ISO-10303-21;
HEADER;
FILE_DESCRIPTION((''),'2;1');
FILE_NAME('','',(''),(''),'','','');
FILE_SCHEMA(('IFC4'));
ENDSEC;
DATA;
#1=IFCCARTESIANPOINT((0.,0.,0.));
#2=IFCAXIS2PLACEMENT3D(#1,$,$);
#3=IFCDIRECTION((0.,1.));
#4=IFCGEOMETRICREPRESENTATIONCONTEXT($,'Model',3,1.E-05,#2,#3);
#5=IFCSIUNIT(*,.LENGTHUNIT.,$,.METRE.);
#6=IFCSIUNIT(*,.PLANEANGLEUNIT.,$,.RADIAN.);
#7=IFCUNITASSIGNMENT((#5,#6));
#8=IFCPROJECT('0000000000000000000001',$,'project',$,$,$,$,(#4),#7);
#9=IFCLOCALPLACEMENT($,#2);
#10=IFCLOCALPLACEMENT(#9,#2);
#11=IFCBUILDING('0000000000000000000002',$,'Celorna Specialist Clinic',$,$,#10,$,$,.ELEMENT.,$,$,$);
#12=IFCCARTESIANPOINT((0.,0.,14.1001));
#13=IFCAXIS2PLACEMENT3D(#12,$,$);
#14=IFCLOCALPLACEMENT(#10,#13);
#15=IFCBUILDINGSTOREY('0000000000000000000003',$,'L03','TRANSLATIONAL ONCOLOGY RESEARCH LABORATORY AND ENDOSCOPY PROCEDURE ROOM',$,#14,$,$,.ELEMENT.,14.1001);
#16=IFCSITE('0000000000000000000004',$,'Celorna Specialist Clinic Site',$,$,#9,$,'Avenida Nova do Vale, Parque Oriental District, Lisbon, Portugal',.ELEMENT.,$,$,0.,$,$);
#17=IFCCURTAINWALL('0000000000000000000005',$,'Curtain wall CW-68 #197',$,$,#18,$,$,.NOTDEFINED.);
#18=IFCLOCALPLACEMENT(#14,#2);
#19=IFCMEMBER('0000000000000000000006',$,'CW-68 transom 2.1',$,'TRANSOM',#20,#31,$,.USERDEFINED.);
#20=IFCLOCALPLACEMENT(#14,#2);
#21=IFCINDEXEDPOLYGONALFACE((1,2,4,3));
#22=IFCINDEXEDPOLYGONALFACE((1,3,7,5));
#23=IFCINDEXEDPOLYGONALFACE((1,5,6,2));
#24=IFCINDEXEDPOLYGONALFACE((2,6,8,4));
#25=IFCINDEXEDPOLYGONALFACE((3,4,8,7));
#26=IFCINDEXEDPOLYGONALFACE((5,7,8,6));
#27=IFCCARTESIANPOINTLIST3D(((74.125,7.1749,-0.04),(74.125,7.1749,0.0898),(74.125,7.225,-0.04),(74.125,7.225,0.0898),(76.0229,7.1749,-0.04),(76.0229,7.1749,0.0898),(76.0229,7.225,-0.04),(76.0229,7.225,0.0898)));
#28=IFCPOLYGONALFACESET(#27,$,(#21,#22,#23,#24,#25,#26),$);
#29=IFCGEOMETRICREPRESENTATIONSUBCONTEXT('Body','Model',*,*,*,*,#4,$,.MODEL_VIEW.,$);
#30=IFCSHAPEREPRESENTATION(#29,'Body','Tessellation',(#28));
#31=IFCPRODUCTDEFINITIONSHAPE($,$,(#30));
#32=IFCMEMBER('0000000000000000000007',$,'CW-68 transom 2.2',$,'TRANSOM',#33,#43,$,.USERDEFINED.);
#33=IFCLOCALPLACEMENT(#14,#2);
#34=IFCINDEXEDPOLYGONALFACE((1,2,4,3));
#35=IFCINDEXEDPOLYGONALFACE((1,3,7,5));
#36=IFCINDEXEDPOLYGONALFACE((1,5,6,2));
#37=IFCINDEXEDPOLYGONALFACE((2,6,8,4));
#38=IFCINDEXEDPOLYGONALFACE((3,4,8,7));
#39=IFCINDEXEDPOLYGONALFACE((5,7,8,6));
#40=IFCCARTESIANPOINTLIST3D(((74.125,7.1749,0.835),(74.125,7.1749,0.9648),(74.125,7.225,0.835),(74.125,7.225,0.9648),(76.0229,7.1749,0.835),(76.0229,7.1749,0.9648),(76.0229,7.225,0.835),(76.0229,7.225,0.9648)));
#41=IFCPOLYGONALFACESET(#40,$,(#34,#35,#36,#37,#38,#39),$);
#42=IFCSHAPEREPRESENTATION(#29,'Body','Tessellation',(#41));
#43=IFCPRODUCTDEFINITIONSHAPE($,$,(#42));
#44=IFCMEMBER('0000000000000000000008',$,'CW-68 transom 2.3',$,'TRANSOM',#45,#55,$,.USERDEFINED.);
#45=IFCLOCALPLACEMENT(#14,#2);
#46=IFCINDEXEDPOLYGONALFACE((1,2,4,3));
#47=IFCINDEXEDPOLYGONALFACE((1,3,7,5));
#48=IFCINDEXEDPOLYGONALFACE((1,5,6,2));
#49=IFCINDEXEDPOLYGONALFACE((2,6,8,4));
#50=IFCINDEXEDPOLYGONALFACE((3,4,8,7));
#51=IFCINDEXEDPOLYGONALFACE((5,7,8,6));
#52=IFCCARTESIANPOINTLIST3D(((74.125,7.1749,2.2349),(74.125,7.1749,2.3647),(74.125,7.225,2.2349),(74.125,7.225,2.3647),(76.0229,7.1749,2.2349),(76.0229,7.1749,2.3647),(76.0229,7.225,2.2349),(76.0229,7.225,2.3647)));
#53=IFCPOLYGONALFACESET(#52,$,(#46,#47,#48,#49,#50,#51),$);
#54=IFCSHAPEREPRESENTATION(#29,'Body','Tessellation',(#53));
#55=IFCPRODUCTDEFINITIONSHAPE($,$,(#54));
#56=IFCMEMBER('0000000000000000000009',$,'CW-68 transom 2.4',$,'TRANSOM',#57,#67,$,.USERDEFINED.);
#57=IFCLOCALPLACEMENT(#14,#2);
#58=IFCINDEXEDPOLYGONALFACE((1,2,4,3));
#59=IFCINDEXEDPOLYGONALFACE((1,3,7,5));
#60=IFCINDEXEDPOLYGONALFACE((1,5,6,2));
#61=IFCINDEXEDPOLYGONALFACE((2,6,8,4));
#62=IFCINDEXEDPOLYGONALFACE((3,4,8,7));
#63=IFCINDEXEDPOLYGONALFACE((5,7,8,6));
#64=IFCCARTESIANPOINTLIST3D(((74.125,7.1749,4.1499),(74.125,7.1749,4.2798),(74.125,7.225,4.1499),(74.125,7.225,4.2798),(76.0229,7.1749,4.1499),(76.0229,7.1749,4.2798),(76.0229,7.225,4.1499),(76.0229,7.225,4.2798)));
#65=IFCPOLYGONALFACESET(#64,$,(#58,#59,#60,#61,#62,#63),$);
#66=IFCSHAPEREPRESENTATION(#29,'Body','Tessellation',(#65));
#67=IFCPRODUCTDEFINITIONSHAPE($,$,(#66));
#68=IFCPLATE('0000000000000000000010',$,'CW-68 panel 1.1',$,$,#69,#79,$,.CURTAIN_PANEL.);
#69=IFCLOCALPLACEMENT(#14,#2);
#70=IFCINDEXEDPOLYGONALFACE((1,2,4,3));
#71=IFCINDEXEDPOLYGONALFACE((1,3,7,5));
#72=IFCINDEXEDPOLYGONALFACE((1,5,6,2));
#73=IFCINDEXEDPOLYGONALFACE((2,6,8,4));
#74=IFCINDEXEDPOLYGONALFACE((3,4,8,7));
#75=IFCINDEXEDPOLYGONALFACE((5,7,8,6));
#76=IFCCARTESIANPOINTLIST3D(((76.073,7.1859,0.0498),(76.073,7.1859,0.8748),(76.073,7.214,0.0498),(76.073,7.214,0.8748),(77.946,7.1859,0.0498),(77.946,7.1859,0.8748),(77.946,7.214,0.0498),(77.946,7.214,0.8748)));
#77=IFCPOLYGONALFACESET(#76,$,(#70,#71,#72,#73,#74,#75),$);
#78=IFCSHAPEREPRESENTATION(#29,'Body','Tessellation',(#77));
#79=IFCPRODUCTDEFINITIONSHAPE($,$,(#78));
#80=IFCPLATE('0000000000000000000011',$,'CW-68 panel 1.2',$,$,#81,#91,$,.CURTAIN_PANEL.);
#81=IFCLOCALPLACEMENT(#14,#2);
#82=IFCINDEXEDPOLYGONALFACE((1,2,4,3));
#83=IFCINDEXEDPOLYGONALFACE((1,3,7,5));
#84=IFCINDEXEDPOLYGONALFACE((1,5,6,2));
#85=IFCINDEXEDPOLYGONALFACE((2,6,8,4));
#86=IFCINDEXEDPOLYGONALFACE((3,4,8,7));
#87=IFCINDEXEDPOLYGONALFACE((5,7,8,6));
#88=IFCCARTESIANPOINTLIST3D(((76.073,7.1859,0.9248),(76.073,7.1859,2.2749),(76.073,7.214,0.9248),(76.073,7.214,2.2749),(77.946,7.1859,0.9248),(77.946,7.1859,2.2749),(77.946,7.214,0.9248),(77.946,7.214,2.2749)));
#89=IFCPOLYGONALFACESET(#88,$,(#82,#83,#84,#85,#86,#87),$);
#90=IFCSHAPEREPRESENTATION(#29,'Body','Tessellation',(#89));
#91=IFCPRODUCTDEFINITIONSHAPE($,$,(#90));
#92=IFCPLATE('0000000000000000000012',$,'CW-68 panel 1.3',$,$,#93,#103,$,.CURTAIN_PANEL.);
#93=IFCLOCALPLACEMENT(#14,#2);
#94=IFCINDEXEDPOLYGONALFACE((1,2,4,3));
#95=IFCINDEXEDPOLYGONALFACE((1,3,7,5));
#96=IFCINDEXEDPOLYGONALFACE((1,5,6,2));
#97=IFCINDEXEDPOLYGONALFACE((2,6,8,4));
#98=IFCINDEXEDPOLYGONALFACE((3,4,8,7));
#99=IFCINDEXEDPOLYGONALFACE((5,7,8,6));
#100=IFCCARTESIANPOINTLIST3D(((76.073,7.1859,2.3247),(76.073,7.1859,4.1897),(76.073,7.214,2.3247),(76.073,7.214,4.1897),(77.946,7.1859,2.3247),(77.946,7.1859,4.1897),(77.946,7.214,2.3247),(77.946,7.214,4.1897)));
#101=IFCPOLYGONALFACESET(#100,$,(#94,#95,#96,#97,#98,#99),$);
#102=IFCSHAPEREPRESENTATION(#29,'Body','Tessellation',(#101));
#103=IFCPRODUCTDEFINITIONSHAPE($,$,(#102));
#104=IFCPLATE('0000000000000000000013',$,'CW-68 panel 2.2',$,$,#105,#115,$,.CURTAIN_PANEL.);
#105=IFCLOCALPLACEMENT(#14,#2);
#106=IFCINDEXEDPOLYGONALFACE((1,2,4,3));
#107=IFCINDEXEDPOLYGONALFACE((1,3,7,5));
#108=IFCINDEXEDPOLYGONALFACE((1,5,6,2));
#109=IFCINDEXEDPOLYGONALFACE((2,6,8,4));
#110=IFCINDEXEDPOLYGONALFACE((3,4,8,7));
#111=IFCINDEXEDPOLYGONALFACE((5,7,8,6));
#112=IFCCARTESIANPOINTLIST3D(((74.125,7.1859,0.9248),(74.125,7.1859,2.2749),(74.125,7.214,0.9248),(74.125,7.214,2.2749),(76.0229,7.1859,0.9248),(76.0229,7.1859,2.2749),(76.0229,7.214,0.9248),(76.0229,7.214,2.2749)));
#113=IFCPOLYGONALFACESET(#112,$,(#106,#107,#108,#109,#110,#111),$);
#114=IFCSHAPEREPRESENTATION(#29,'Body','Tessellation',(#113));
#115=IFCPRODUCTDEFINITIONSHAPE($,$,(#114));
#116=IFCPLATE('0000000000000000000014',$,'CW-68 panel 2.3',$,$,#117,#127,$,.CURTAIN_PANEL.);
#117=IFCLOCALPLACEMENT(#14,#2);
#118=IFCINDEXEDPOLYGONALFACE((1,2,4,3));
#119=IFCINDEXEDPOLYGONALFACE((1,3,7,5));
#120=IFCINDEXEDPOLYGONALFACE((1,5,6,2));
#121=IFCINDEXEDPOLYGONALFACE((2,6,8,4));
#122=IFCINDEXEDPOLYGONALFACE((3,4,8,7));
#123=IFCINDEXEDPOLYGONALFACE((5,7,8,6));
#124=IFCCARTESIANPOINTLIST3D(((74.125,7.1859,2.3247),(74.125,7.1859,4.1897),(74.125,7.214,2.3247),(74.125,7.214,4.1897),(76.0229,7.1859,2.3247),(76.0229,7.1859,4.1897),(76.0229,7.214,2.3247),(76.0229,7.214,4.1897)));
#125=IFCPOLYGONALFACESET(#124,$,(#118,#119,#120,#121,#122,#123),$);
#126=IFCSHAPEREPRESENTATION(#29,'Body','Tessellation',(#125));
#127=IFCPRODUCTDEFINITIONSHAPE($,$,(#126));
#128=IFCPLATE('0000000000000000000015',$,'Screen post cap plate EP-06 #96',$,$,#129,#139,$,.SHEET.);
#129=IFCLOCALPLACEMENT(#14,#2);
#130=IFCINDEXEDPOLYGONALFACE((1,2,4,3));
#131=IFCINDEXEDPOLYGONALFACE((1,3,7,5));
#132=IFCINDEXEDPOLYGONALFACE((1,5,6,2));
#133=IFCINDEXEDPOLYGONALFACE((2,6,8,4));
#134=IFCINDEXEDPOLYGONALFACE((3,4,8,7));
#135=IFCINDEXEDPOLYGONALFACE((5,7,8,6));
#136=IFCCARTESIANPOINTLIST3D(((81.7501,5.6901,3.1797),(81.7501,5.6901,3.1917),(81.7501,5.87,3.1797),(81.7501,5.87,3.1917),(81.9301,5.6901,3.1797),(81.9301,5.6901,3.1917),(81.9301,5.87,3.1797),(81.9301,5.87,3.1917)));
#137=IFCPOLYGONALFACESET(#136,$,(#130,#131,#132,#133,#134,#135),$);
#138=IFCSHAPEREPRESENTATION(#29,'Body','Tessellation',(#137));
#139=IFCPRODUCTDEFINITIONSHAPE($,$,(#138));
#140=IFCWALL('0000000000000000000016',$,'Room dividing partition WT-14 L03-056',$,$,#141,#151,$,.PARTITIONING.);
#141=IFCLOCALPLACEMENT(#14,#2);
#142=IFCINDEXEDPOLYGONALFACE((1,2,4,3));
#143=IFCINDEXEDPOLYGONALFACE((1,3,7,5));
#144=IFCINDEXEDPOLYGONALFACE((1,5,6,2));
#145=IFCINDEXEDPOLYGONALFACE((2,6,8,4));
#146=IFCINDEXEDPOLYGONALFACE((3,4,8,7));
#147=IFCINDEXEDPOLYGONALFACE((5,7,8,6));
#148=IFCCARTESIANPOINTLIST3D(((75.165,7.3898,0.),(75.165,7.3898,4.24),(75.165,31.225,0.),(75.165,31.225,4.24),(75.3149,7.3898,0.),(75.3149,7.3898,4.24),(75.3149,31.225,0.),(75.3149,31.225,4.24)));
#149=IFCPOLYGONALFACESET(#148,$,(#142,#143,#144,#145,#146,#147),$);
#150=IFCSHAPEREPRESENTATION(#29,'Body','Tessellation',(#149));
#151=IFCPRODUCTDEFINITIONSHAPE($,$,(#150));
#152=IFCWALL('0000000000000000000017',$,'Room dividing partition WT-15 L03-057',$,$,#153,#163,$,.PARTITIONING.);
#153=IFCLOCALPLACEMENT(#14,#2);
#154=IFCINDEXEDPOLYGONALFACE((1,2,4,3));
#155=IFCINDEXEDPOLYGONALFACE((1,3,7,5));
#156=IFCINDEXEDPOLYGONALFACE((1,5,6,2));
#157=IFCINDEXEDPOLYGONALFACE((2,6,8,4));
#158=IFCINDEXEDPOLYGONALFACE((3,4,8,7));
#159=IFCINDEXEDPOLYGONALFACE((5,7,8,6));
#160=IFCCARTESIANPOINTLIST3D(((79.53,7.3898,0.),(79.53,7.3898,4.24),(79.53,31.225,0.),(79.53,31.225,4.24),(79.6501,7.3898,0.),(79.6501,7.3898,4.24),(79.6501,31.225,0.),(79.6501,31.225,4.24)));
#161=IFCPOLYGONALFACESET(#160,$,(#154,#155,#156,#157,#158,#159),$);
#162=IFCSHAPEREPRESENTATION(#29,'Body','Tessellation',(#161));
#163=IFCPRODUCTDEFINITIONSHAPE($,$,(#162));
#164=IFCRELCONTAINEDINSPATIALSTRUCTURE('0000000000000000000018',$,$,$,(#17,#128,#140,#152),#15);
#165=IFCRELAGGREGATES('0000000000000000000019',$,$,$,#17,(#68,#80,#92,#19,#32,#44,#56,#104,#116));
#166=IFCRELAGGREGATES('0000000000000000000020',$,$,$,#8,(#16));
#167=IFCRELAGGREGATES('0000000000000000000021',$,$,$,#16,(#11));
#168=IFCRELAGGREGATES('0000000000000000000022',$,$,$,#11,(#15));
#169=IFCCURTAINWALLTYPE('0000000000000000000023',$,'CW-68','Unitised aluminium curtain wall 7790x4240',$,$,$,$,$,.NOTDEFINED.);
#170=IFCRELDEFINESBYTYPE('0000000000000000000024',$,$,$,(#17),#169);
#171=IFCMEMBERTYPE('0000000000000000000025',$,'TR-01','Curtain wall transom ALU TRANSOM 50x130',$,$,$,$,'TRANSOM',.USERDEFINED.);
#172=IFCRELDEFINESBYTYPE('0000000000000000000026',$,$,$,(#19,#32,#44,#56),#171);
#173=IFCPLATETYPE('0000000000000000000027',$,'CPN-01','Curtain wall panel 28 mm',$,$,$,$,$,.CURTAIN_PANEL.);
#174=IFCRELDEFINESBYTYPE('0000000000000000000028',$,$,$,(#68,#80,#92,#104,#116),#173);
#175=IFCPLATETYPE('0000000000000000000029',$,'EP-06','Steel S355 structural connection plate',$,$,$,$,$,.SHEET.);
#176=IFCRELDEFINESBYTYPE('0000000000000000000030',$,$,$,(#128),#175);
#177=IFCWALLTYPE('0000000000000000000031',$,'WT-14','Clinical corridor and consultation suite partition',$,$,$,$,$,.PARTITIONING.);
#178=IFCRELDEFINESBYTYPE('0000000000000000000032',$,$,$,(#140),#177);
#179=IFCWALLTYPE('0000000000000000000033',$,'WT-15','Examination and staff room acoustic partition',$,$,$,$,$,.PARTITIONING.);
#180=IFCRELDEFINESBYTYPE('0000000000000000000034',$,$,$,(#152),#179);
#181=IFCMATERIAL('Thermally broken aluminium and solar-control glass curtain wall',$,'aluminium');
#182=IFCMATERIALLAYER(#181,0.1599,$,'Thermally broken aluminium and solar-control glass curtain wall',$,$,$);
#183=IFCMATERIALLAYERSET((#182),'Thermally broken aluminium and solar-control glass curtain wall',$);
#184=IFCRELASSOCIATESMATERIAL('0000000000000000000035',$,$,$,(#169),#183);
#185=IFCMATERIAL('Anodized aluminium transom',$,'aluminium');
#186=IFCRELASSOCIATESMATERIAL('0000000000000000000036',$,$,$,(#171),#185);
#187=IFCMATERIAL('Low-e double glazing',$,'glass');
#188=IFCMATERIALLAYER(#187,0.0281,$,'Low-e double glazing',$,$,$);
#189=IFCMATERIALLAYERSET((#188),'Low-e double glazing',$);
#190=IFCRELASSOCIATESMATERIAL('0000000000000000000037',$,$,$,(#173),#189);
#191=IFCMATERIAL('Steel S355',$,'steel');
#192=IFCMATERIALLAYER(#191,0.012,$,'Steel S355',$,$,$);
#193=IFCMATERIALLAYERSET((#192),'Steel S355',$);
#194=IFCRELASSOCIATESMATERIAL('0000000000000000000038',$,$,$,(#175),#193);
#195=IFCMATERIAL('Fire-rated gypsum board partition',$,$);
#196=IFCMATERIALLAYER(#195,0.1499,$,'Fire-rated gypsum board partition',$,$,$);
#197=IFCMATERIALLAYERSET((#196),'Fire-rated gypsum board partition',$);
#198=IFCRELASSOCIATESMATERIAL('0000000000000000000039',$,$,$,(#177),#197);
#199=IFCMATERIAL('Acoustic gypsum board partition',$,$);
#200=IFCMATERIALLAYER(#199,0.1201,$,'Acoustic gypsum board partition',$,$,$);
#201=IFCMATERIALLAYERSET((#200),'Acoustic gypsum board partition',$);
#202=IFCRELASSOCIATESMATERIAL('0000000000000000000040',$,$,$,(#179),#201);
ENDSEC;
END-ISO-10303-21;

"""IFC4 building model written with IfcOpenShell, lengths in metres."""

from ifc_helpers import new_model, si_unit, direction, frame, frame_2d, origin, origin_2d, place, context, subcontext, project, spatial, rectangle, extrude, material, layer, layer_set, material_profile, profile_set, type_object, element, aggregate, save


model = new_model("IFC4")

# Units and contexts
model_context = context("Model", 3, precision=1e-05, world=origin(), true_north=direction((0.0, 1.0)))
body_context = subcontext(model_context, "Body", "Model", "MODEL_VIEW")
ifc_project = project(units=[si_unit("LENGTHUNIT", "METRE"), si_unit("PLANEANGLEUNIT", "RADIAN")], contexts=[model_context])

# Site, building, storey
site_placement = place(None, origin())
site = spatial("IfcSite", under=ifc_project, at=site_placement, Name="Celorna Specialist Clinic Site", LongName="Avenida Nova do Vale, Parque Oriental District, Lisbon, Portugal", CompositionType="ELEMENT", RefElevation=0.0)
building_placement = place(site_placement, origin())
building = spatial("IfcBuilding", under=site, at=building_placement, Name="Celorna Specialist Clinic", CompositionType="ELEMENT")
storey_placement = place(building_placement, frame((0.0, 0.0, 14.1001)))
storey = spatial("IfcBuildingStorey", under=building, at=storey_placement, Name="L03", Description="TRANSLATIONAL ONCOLOGY RESEARCH LABORATORY AND ENDOSCOPY PROCEDURE ROOM", CompositionType="ELEMENT", Elevation=14.1001)

# Shared definitions
ifc_material_1 = material(Name="Steel S355", Category="steel")

# Curtain wall, members, plates
ifc_material_2 = material(Name="Thermally broken aluminium and solar-control glass curtain wall", Category="aluminium")
ifc_layer_1 = layer(ifc_material_2, 0.1599, Name="Thermally broken aluminium and solar-control glass curtain wall")
ifc_layer_set_1 = layer_set([ifc_layer_1], Name="Thermally broken aluminium and solar-control glass curtain wall")
curtain_wall_type = type_object("IfcCurtainWallType", Name="CW-68", Description="Unitised aluminium curtain wall 7790x4240", PredefinedType="NOTDEFINED", material=ifc_layer_set_1)
curtain_wall_placement = place(storey_placement, origin())
curtain_wall = element("IfcCurtainWall", 1, at=curtain_wall_placement, inside=storey, type_object=curtain_wall_type, Name="Curtain wall CW-68 #197", PredefinedType="NOTDEFINED")
ifc_material_3 = material(Name="Anodized aluminium transom", Category="aluminium")
ifc_material_profile_1 = material_profile(ifc_material_3, rectangle(XDim=0.05, YDim=0.1299, at=origin_2d()), Name="ALU TRANSOM 50x130")
ifc_profile_set_1 = profile_set([ifc_material_profile_1], Name="Anodized aluminium transom")
member_type_1 = type_object("IfcMemberType", Name="TR-01", Description="Curtain wall transom ALU TRANSOM 50x130", ElementType="TRANSOM", PredefinedType="USERDEFINED", material=ifc_profile_set_1)
member_1_placement = place(storey_placement, frame((76.0229, 7.2, 0.0249), z_axis=(-1.0, 0.0, 0.0), x_axis=(0.0, -1.0, 0.0)))
member_1 = element("IfcMember", 2, at=member_1_placement, type_object=member_type_1, Name="CW-68 transom 2.1", ObjectType="TRANSOM", PredefinedType="USERDEFINED", context=body_context, shape_type="SweptSolid", body=[
    extrude(rectangle(XDim=0.05, YDim=0.1299, at=origin_2d()), origin(), (0.0, 0.0, 1.0), 1.8979),
])
member_2_placement = place(storey_placement, frame((76.0229, 7.2, 0.8999), z_axis=(-1.0, 0.0, 0.0), x_axis=(0.0, -1.0, 0.0)))
member_2 = element("IfcMember", 3, at=member_2_placement, type_object=member_type_1, Name="CW-68 transom 2.2", ObjectType="TRANSOM", PredefinedType="USERDEFINED", context=body_context, shape_type="SweptSolid", body=[
    extrude(rectangle(XDim=0.05, YDim=0.1299, at=origin_2d()), origin(), (0.0, 0.0, 1.0), 1.8979),
])
member_3_placement = place(storey_placement, frame((76.0229, 7.2, 2.2998), z_axis=(-1.0, 0.0, 0.0), x_axis=(0.0, -1.0, 0.0)))
member_3 = element("IfcMember", 4, at=member_3_placement, type_object=member_type_1, Name="CW-68 transom 2.3", ObjectType="TRANSOM", PredefinedType="USERDEFINED", context=body_context, shape_type="SweptSolid", body=[
    extrude(rectangle(XDim=0.05, YDim=0.1299, at=origin_2d()), origin(), (0.0, 0.0, 1.0), 1.8979),
])
member_4_placement = place(storey_placement, frame((76.0229, 7.2, 4.2148), z_axis=(-1.0, 0.0, 0.0), x_axis=(0.0, -1.0, 0.0)))
member_4 = element("IfcMember", 5, at=member_4_placement, type_object=member_type_1, Name="CW-68 transom 2.4", ObjectType="TRANSOM", PredefinedType="USERDEFINED", context=body_context, shape_type="SweptSolid", body=[
    extrude(rectangle(XDim=0.05, YDim=0.1299, at=origin_2d()), origin(), (0.0, 0.0, 1.0), 1.8979),
])
ifc_material_4 = material(Name="Low-e double glazing", Category="glass")
ifc_layer_2 = layer(ifc_material_4, 0.0281, Name="Low-e double glazing")
ifc_layer_set_2 = layer_set([ifc_layer_2], Name="Low-e double glazing")
plate_type_1 = type_object("IfcPlateType", Name="CPN-01", Description="Curtain wall panel 28 mm", PredefinedType="CURTAIN_PANEL", material=ifc_layer_set_2)
plate_1_placement = place(storey_placement, frame((77.0095, 7.2, 0.0498), z_axis=(0.0, 0.0, 1.0), x_axis=(-1.0, 0.0, 0.0)))
plate_1 = element("IfcPlate", 6, at=plate_1_placement, type_object=plate_type_1, Name="CW-68 panel 1.1", PredefinedType="CURTAIN_PANEL", context=body_context, shape_type="SweptSolid", body=[
    extrude(rectangle(XDim=1.873, YDim=0.0281, at=origin_2d()), origin(), (0.0, 0.0, 1.0), 0.825),
])
plate_2_placement = place(storey_placement, frame((77.0095, 7.2, 0.9248), z_axis=(0.0, 0.0, 1.0), x_axis=(-1.0, 0.0, 0.0)))
plate_2 = element("IfcPlate", 7, at=plate_2_placement, type_object=plate_type_1, Name="CW-68 panel 1.2", PredefinedType="CURTAIN_PANEL", context=body_context, shape_type="SweptSolid", body=[
    extrude(rectangle(XDim=1.873, YDim=0.0281, at=origin_2d()), origin(), (0.0, 0.0, 1.0), 1.3501),
])
plate_3_placement = place(storey_placement, frame((77.0095, 7.2, 2.3247), z_axis=(0.0, 0.0, 1.0), x_axis=(-1.0, 0.0, 0.0)))
plate_3 = element("IfcPlate", 8, at=plate_3_placement, type_object=plate_type_1, Name="CW-68 panel 1.3", PredefinedType="CURTAIN_PANEL", context=body_context, shape_type="SweptSolid", body=[
    extrude(rectangle(XDim=1.873, YDim=0.0281, at=origin_2d()), origin(), (0.0, 0.0, 1.0), 1.865),
])
plate_4_placement = place(storey_placement, frame((75.074, 7.2, 0.9248), z_axis=(0.0, 0.0, 1.0), x_axis=(-1.0, 0.0, 0.0)))
plate_4 = element("IfcPlate", 9, at=plate_4_placement, type_object=plate_type_1, Name="CW-68 panel 2.2", PredefinedType="CURTAIN_PANEL", context=body_context, shape_type="SweptSolid", body=[
    extrude(rectangle(XDim=1.8979, YDim=0.0281, at=origin_2d()), origin(), (0.0, 0.0, 1.0), 1.3501),
])
plate_5_placement = place(storey_placement, frame((75.074, 7.2, 2.3247), z_axis=(0.0, 0.0, 1.0), x_axis=(-1.0, 0.0, 0.0)))
plate_5 = element("IfcPlate", 10, at=plate_5_placement, type_object=plate_type_1, Name="CW-68 panel 2.3", PredefinedType="CURTAIN_PANEL", context=body_context, shape_type="SweptSolid", body=[
    extrude(rectangle(XDim=1.8979, YDim=0.0281, at=origin_2d()), origin(), (0.0, 0.0, 1.0), 1.865),
])
aggregate(curtain_wall, [plate_1, plate_2, plate_3, member_1, member_2, member_3, member_4, plate_4, plate_5])

# Plate
ifc_layer_3 = layer(ifc_material_1, 0.012, Name="Steel S355")
ifc_layer_set_3 = layer_set([ifc_layer_3], Name="Steel S355")
plate_type_2 = type_object("IfcPlateType", Name="EP-06", Description="Steel S355 structural connection plate", PredefinedType="SHEET", material=ifc_layer_set_3)
plate_6_placement = place(storey_placement, frame((81.8401, 5.78, 3.1797), z_axis=(0.0, 0.0, 1.0), x_axis=(1.0, 0.0, 0.0)))
element("IfcPlate", 11, at=plate_6_placement, inside=storey, type_object=plate_type_2, Name="Screen post cap plate EP-06 #96", PredefinedType="SHEET", context=body_context, shape_type="SweptSolid", body=[
    extrude(rectangle(XDim=0.1799, YDim=0.1799, at=origin_2d()), origin(), (0.0, 0.0, 1.0), 0.012),
])

# Walls
ifc_material_5 = material(Name="Fire-rated gypsum board partition")
ifc_layer_4 = layer(ifc_material_5, 0.1499, Name="Fire-rated gypsum board partition")
ifc_layer_set_4 = layer_set([ifc_layer_4], Name="Fire-rated gypsum board partition")
wall_type_1 = type_object("IfcWallType", Name="WT-14", Description="Clinical corridor and consultation suite partition", PredefinedType="PARTITIONING", material=ifc_layer_set_4)
wall_1_placement = place(storey_placement, frame((75.24, 7.3899, 0.0), z_axis=(0.0, 0.0, 1.0), x_axis=(0.0, 1.0, 0.0)))
element("IfcWall", 12, at=wall_1_placement, inside=storey, type_object=wall_type_1, Name="Room dividing partition WT-14 L03-056", PredefinedType="PARTITIONING", context=body_context, shape_type="SweptSolid", body=[
    extrude(rectangle(XDim=23.8352, YDim=0.1499, at=frame_2d((11.9175, 0.0))), origin(), (0.0, 0.0, 1.0), 4.24),
])
ifc_material_6 = material(Name="Acoustic gypsum board partition")
ifc_layer_5 = layer(ifc_material_6, 0.1201, Name="Acoustic gypsum board partition")
ifc_layer_set_5 = layer_set([ifc_layer_5], Name="Acoustic gypsum board partition")
wall_type_2 = type_object("IfcWallType", Name="WT-15", Description="Examination and staff room acoustic partition", PredefinedType="PARTITIONING", material=ifc_layer_set_5)
wall_2_placement = place(storey_placement, frame((79.5901, 7.3899, 0.0), z_axis=(0.0, 0.0, 1.0), x_axis=(0.0, 1.0, 0.0)))
element("IfcWall", 13, at=wall_2_placement, inside=storey, type_object=wall_type_2, Name="Room dividing partition WT-15 L03-057", PredefinedType="PARTITIONING", context=body_context, shape_type="SweptSolid", body=[
    extrude(rectangle(XDim=23.8352, YDim=0.1201, at=frame_2d((11.9175, 0.0))), origin(), (0.0, 0.0, 1.0), 4.24),
])

save(model, "model.ifc")
